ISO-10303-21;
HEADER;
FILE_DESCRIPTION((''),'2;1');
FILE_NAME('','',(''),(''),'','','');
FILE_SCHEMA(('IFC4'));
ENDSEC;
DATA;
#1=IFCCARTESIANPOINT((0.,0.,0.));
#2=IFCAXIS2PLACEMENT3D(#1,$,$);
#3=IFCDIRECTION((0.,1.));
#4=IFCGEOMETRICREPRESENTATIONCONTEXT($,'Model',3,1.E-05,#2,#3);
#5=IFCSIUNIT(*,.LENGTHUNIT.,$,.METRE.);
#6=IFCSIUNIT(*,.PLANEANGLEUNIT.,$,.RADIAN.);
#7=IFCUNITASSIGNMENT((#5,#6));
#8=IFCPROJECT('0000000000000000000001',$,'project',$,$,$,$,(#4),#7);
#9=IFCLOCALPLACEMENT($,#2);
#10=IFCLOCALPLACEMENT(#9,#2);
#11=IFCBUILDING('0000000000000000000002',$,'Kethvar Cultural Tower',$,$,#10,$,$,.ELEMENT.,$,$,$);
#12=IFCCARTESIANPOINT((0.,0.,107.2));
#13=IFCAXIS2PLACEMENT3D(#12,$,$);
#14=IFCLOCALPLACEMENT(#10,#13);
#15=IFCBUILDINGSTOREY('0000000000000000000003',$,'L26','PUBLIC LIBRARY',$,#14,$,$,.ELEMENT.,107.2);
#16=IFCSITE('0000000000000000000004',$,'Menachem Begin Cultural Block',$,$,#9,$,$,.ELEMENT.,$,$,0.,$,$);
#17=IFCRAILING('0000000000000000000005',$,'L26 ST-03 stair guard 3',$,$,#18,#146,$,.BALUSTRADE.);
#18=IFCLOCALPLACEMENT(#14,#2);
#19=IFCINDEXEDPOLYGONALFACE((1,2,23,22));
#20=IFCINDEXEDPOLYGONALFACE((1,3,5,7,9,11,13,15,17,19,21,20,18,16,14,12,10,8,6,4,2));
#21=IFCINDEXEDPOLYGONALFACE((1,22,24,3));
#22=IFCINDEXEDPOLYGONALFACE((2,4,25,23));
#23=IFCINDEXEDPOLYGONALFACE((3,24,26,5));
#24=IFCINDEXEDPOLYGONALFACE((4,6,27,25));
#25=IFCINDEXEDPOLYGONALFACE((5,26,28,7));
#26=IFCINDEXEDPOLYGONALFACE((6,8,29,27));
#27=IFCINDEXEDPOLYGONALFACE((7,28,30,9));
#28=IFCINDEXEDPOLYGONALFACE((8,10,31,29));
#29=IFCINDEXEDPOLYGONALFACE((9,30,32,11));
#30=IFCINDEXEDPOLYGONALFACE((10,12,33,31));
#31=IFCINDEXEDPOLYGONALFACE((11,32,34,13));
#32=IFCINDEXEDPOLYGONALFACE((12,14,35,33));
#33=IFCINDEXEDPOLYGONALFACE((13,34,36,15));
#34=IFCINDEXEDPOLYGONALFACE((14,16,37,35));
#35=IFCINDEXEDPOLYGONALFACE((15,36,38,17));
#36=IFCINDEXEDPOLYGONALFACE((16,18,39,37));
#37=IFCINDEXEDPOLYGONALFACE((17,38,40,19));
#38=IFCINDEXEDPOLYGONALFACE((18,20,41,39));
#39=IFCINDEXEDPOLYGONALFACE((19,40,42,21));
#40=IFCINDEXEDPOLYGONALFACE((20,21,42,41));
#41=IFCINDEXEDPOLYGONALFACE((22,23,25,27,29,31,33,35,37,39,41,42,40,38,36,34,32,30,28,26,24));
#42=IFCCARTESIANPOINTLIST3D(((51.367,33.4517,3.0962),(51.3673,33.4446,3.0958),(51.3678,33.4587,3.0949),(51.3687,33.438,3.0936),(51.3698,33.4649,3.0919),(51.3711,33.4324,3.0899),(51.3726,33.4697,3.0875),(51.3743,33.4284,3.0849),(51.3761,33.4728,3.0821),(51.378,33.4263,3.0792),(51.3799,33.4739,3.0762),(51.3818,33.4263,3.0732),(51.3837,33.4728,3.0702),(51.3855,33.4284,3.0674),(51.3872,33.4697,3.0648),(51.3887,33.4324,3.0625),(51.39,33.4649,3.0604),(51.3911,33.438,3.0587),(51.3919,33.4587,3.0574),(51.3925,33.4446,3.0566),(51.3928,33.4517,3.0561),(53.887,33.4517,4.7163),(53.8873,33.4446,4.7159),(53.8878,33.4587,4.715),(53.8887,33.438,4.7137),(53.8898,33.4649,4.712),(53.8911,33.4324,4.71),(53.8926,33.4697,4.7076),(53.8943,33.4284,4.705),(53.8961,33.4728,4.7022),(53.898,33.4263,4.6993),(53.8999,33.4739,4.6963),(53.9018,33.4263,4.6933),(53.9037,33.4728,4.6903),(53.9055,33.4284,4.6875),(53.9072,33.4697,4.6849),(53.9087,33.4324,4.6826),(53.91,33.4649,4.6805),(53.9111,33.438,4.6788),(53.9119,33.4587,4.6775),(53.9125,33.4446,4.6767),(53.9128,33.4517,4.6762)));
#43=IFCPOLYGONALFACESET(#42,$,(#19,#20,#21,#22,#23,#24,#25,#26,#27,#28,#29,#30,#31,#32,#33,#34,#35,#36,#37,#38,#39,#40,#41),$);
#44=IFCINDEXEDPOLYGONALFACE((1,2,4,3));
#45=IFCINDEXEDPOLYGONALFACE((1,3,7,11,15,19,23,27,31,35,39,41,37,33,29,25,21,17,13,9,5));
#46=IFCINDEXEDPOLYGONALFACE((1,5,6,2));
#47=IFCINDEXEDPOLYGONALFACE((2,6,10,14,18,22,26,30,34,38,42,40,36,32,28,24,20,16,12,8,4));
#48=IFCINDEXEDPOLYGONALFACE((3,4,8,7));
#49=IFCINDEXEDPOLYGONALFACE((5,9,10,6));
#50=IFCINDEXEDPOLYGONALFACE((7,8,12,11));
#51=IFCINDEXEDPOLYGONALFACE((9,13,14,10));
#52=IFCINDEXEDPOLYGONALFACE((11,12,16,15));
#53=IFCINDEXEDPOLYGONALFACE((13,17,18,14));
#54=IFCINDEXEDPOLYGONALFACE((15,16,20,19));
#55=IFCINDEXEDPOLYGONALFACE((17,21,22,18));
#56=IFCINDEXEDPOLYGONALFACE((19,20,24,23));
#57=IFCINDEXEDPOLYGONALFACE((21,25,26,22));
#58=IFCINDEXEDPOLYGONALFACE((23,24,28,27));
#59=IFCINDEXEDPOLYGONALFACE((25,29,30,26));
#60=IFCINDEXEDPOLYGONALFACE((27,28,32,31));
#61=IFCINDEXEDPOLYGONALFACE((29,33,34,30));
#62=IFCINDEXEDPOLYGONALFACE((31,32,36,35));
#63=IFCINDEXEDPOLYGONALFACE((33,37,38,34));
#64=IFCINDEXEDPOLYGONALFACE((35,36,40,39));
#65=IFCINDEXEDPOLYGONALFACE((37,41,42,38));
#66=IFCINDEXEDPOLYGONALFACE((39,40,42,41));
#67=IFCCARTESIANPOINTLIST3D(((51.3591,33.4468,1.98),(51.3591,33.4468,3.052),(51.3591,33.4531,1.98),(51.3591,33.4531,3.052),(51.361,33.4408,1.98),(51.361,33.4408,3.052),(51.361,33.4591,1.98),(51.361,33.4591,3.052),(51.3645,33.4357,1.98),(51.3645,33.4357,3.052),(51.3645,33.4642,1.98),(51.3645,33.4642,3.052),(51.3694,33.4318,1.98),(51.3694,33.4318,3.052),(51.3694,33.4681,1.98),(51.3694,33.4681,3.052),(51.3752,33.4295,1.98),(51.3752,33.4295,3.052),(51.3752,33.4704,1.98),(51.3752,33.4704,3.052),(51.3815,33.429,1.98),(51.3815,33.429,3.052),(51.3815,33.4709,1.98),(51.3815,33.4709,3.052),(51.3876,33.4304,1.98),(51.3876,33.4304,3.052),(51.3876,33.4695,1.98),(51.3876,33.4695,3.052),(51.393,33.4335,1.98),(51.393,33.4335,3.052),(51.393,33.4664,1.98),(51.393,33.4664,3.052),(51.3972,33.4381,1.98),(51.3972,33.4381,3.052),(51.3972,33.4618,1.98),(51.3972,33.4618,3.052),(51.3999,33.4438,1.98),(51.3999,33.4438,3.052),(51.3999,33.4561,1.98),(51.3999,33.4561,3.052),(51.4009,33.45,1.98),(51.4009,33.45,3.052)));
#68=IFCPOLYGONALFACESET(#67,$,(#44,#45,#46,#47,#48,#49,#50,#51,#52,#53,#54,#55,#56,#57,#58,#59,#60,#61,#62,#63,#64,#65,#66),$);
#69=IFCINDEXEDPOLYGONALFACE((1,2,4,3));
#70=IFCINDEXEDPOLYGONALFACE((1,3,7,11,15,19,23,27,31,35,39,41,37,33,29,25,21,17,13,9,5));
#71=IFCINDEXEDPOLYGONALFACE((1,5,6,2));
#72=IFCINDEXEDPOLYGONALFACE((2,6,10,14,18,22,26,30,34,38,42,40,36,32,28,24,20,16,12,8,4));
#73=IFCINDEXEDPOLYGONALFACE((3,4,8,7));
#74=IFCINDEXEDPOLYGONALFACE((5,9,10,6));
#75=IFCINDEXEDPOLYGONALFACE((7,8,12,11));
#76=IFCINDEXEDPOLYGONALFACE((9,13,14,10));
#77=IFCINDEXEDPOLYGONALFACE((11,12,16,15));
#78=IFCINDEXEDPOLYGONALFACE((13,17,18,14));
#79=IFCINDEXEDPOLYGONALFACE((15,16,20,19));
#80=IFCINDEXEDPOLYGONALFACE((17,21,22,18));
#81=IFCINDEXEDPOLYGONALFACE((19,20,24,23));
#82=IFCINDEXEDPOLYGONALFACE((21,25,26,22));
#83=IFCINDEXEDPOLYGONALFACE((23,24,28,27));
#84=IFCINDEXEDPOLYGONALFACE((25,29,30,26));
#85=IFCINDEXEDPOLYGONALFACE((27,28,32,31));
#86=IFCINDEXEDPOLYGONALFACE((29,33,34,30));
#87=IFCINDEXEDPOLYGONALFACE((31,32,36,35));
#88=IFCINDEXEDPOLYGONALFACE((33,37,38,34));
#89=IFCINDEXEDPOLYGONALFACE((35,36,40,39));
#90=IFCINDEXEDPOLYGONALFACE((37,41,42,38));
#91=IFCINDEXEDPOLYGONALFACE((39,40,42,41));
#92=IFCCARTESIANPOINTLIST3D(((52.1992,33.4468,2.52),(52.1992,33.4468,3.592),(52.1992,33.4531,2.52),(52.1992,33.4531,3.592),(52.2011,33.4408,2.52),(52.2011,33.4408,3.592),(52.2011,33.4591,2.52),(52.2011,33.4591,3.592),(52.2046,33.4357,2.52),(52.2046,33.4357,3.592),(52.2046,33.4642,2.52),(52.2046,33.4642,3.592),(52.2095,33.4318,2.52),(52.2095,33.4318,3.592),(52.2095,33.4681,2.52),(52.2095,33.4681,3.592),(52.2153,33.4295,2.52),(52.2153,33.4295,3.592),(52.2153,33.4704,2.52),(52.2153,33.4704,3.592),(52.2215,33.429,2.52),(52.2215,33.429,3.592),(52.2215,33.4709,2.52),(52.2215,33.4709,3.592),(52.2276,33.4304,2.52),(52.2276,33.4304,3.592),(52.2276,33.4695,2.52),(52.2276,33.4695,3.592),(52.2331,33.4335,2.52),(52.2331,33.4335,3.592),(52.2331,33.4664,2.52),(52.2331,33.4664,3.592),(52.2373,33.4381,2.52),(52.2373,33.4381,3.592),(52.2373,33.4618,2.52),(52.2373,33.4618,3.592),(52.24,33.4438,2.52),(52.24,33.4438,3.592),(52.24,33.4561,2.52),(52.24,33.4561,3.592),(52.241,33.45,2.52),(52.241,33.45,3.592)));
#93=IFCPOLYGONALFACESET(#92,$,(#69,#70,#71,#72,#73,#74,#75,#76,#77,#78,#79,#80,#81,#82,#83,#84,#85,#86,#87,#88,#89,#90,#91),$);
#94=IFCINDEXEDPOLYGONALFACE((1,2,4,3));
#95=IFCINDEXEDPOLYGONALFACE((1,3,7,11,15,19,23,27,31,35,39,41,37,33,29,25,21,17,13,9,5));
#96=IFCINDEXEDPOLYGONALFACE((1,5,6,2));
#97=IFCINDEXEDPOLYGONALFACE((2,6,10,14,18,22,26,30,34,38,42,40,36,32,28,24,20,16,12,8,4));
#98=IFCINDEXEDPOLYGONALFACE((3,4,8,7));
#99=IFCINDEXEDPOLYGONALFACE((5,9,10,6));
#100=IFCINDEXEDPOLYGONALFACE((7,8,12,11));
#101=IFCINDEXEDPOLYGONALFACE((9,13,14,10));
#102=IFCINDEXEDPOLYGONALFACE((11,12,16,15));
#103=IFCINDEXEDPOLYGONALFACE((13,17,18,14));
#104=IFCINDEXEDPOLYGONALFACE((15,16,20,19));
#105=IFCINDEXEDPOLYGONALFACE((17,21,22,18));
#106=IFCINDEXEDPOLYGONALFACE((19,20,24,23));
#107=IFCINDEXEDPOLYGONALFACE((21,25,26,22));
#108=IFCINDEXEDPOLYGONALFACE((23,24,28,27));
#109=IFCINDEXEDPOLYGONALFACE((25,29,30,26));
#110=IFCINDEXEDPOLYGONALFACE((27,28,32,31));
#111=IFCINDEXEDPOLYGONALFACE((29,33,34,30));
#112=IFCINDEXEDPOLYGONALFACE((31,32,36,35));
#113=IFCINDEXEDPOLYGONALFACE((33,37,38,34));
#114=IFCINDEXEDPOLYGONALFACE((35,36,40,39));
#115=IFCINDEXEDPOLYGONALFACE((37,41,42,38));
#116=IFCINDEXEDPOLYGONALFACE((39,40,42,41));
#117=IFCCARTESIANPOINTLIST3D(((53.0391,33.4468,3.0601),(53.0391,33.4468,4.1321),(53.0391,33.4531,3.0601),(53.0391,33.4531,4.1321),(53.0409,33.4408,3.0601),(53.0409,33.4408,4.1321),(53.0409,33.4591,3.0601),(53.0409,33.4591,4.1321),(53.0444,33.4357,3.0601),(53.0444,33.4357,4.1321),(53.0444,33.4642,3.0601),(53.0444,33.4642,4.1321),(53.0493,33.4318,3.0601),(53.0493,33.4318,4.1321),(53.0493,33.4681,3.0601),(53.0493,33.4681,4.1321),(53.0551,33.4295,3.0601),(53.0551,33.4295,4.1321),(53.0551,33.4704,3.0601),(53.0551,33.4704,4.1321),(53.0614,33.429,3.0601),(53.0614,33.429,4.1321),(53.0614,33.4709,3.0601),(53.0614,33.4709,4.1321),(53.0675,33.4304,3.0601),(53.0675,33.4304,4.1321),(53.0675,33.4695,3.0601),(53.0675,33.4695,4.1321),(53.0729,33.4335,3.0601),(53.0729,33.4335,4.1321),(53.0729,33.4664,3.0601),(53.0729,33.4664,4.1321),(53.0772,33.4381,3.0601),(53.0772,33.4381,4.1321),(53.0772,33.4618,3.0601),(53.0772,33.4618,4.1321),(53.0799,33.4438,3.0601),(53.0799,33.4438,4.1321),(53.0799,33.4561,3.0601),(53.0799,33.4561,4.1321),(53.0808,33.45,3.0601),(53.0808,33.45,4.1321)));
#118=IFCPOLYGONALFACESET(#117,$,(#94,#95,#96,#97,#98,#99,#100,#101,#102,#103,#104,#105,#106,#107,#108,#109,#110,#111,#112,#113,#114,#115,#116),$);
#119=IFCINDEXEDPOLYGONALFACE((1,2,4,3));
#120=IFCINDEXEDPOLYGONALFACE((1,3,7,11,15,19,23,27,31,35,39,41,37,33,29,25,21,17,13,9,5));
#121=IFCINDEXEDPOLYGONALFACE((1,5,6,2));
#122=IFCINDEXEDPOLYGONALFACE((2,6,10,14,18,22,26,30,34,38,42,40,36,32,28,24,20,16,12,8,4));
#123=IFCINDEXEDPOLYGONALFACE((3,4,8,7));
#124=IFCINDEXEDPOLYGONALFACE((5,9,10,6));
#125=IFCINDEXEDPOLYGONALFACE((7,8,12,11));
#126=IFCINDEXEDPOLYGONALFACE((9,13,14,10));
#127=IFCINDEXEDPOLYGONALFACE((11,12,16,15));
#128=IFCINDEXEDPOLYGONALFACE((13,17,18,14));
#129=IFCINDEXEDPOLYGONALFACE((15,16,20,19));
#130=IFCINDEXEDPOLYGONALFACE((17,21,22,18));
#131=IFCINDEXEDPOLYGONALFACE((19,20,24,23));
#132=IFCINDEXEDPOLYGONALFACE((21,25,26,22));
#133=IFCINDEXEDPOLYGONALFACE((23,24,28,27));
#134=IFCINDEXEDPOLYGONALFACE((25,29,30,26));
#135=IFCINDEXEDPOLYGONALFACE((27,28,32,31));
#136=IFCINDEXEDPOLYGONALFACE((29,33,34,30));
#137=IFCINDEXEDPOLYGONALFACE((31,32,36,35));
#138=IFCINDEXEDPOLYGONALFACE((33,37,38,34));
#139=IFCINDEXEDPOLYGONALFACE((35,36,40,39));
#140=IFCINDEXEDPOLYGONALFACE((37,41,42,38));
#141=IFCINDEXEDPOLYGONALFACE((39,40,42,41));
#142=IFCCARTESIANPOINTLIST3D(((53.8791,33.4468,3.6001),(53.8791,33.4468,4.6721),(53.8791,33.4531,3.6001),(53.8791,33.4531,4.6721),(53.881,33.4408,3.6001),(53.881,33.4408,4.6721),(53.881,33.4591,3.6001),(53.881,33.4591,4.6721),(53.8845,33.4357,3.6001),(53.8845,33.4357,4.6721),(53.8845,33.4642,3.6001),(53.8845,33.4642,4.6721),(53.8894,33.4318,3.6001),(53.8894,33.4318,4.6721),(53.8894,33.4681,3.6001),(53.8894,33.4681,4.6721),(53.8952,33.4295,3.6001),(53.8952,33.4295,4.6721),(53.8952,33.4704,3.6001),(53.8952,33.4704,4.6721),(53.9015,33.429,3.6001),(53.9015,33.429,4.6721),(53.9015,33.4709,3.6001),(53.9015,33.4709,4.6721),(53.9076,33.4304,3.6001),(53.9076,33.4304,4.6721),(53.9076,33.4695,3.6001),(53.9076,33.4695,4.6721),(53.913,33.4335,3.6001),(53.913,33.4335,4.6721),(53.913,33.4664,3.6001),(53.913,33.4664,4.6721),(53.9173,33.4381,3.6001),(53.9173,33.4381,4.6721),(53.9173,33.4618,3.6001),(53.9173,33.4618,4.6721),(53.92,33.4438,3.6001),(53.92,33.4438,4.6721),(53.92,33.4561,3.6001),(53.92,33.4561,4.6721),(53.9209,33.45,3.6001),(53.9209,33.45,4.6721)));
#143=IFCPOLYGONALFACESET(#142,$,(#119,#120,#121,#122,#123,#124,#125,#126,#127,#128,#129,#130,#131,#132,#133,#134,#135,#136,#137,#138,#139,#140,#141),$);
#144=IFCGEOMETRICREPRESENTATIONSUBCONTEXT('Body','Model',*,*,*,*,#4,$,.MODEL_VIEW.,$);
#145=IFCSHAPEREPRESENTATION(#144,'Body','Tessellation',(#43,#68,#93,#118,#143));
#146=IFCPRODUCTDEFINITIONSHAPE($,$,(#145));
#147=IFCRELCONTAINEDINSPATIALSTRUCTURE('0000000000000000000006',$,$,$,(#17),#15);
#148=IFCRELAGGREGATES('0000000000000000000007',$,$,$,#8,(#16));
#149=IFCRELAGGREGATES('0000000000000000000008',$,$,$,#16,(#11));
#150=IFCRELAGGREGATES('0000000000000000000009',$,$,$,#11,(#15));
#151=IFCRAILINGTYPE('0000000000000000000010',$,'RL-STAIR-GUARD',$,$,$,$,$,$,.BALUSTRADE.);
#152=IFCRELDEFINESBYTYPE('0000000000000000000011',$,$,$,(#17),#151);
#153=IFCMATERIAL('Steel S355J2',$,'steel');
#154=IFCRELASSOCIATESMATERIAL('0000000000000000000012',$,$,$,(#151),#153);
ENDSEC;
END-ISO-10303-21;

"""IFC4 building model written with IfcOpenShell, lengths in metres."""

from ifc_helpers import new_model, si_unit, direction, frame, origin, origin_2d, place, context, subcontext, project, spatial, circle, extrude, material, type_object, element, save


model = new_model("IFC4")

# Units and contexts
model_context = context("Model", 3, precision=1e-05, world=origin(), true_north=direction((0.0, 1.0)))
body_context = subcontext(model_context, "Body", "Model", "MODEL_VIEW")
ifc_project = project(units=[si_unit("LENGTHUNIT", "METRE"), si_unit("PLANEANGLEUNIT", "RADIAN")], contexts=[model_context])

# Site, building, storey
site_placement = place(None, origin())
site = spatial("IfcSite", under=ifc_project, at=site_placement, Name="Menachem Begin Cultural Block", CompositionType="ELEMENT", RefElevation=0.0)
building_placement = place(site_placement, origin())
building = spatial("IfcBuilding", under=site, at=building_placement, Name="Kethvar Cultural Tower", CompositionType="ELEMENT")
storey_placement = place(building_placement, frame((0.0, 0.0, 107.2)))
storey = spatial("IfcBuildingStorey", under=building, at=storey_placement, Name="L26", Description="PUBLIC LIBRARY", CompositionType="ELEMENT", Elevation=107.2)

# Shared definitions
ifc_material_1 = material(Name="Steel S355J2", Category="steel")

# Railing
railing_type_1 = type_object("IfcRailingType", Name="RL-STAIR-GUARD", PredefinedType="BALUSTRADE", material=ifc_material_1)
railing_1_placement = place(storey_placement, frame((51.3799, 33.45, 1.98)))
element("IfcRailing", 1, at=railing_1_placement, inside=storey, type_object=railing_type_1, Name="L26 ST-03 stair guard 3", PredefinedType="BALUSTRADE", context=body_context, shape_type="SweptSolid", body=[
    extrude(circle(Radius=0.0239, at=origin_2d()), frame((0.0, 0.0, 1.0962), z_axis=(0.841163, 0.0, 0.540782), x_axis=(0.0, 1.0, 0.0)), (0.0, 0.0, 1.0), 2.9958),
    extrude(circle(Radius=0.021, at=origin_2d()), origin(), (0.0, 0.0, 1.0), 1.072),
    extrude(circle(Radius=0.021, at=origin_2d()), frame((0.8401, 0.0, 0.54)), (0.0, 0.0, 1.0), 1.072),
    extrude(circle(Radius=0.021, at=origin_2d()), frame((1.6799, 0.0, 1.0801)), (0.0, 0.0, 1.0), 1.072),
    extrude(circle(Radius=0.021, at=origin_2d()), frame((2.52, 0.0, 1.6201)), (0.0, 0.0, 1.0), 1.072),
])

save(model, "model.ifc")
